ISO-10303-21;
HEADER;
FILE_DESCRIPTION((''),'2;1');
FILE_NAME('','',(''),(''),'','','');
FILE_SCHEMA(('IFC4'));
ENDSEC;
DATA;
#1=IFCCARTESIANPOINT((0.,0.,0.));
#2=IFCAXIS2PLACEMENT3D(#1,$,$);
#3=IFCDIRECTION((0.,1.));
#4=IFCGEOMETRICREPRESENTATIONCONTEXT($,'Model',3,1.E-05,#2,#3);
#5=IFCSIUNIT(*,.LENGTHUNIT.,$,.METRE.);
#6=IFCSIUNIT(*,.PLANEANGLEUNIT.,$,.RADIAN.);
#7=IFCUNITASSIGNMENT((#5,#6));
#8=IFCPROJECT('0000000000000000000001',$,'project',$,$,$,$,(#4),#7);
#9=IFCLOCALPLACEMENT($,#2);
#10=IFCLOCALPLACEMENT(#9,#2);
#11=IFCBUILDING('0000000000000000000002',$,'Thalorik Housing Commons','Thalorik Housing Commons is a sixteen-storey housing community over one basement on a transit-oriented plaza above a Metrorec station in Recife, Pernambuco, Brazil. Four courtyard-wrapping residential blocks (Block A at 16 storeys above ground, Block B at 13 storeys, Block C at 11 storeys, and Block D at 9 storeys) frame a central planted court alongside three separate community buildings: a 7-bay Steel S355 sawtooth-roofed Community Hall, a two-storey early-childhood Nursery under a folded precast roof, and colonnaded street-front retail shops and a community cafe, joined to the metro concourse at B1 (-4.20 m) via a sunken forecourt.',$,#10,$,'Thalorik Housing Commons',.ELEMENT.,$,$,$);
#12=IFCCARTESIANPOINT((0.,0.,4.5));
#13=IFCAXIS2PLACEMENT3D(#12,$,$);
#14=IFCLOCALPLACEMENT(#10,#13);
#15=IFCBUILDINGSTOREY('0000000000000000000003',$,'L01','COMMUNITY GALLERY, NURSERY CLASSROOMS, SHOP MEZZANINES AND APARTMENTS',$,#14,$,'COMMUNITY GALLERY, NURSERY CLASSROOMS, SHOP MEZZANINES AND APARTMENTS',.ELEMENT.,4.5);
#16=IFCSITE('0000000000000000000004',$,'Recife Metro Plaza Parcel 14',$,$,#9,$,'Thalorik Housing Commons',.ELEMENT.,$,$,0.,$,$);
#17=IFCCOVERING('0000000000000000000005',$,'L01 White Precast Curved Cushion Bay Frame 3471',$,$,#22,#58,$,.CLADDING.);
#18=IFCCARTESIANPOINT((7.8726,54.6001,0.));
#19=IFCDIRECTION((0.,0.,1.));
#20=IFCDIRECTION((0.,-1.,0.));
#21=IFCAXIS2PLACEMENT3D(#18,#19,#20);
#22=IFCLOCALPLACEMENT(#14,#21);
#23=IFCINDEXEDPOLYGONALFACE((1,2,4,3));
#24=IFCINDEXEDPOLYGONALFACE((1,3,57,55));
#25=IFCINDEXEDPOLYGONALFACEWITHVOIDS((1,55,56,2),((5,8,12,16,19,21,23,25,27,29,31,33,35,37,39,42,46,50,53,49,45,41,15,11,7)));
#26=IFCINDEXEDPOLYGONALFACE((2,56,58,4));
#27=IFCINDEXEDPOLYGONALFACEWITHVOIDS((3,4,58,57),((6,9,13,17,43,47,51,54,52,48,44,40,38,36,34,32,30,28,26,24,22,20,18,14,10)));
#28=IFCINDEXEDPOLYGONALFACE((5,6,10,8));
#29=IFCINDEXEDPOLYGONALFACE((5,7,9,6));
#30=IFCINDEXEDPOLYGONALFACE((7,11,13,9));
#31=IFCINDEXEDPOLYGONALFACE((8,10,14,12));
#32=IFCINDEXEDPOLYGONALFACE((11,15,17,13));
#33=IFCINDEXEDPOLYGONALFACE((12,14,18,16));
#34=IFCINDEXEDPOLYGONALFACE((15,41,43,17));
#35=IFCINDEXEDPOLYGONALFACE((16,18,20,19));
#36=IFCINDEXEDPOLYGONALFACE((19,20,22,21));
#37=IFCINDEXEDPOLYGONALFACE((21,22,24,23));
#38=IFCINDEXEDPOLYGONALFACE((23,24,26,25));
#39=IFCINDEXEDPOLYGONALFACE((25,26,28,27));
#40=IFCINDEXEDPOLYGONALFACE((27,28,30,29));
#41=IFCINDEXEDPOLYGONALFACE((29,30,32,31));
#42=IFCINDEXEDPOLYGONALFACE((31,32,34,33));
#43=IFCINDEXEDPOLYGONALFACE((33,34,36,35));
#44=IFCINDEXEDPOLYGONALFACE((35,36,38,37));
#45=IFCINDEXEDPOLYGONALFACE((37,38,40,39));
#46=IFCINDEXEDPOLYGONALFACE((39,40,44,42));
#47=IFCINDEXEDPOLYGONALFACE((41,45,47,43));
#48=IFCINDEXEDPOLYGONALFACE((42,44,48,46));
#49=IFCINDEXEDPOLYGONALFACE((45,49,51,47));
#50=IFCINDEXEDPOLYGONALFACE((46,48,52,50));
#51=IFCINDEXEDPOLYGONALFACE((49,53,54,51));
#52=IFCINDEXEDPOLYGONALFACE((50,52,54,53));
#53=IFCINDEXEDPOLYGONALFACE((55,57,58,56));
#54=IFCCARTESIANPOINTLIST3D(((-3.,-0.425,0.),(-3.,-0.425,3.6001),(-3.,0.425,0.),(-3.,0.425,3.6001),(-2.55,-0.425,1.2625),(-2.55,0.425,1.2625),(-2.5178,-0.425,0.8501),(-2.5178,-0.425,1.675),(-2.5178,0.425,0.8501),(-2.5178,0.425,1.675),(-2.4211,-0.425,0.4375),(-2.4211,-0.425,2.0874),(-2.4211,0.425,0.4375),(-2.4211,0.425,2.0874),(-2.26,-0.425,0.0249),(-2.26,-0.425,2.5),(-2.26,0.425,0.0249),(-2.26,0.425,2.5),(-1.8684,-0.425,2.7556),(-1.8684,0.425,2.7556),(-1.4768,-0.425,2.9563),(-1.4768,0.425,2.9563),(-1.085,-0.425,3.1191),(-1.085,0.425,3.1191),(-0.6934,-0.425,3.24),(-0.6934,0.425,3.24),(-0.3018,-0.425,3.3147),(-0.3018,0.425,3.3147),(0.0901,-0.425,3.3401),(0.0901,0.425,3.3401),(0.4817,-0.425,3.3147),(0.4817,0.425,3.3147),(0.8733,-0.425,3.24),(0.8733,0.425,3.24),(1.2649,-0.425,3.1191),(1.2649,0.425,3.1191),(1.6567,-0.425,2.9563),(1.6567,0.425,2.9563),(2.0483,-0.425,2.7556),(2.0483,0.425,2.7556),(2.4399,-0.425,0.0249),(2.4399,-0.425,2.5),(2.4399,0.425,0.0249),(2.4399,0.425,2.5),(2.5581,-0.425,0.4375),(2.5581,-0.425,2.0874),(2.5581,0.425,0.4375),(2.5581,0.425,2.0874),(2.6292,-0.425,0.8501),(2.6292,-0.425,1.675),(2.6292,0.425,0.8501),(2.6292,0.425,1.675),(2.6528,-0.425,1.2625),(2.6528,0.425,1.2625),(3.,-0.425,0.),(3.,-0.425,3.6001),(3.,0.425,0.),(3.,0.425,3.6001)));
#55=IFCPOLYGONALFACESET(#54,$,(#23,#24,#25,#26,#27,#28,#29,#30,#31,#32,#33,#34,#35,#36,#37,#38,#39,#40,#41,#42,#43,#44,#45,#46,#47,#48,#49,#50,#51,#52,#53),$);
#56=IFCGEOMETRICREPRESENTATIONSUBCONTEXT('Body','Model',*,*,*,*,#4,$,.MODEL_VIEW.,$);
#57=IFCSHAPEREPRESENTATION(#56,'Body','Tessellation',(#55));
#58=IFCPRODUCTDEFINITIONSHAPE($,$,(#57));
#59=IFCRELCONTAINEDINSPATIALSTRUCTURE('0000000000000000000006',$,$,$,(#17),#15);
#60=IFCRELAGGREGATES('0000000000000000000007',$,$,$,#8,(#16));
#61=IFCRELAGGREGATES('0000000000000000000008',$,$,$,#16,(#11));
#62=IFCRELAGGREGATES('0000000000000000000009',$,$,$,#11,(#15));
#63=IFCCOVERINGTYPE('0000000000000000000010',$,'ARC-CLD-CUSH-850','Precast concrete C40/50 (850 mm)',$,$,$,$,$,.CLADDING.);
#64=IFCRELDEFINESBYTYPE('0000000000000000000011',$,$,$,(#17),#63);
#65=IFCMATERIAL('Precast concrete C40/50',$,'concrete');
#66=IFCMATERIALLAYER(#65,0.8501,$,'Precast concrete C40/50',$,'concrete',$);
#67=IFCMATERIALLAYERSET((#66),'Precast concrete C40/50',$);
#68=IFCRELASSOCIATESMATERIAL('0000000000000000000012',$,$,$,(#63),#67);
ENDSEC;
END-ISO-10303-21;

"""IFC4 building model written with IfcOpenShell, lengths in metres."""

from ifc_helpers import new_model, si_unit, direction, frame, origin, place, context, subcontext, project, spatial, polyline, outline, extrude, material, layer, layer_set, type_object, element, save


model = new_model("IFC4")

# Units and contexts
model_context = context("Model", 3, precision=1e-05, world=origin(), true_north=direction((0.0, 1.0)))
body_context = subcontext(model_context, "Body", "Model", "MODEL_VIEW")
ifc_project = project(units=[si_unit("LENGTHUNIT", "METRE"), si_unit("PLANEANGLEUNIT", "RADIAN")], contexts=[model_context])

# Site, building, storey
site_placement = place(None, origin())
site = spatial("IfcSite", under=ifc_project, at=site_placement, Name="Recife Metro Plaza Parcel 14", LongName="Thalorik Housing Commons", CompositionType="ELEMENT", RefElevation=0.0)
building_placement = place(site_placement, origin())
building = spatial("IfcBuilding", under=site, at=building_placement, Name="Thalorik Housing Commons", Description="Thalorik Housing Commons is a sixteen-storey housing community over one basement on a transit-oriented plaza above a Metrorec station in Recife, Pernambuco, Brazil. Four courtyard-wrapping residential blocks (Block A at 16 storeys above ground, Block B at 13 storeys, Block C at 11 storeys, and Block D at 9 storeys) frame a central planted court alongside three separate community buildings: a 7-bay Steel S355 sawtooth-roofed Community Hall, a two-storey early-childhood Nursery under a folded precast roof, and colonnaded street-front retail shops and a community cafe, joined to the metro concourse at B1 (-4.20 m) via a sunken forecourt.", LongName="Thalorik Housing Commons", CompositionType="ELEMENT")
storey_placement = place(building_placement, frame((0.0, 0.0, 4.5)))
storey = spatial("IfcBuildingStorey", under=building, at=storey_placement, Name="L01", Description="COMMUNITY GALLERY, NURSERY CLASSROOMS, SHOP MEZZANINES AND APARTMENTS", LongName="COMMUNITY GALLERY, NURSERY CLASSROOMS, SHOP MEZZANINES AND APARTMENTS", CompositionType="ELEMENT", Elevation=4.5)

# Shared definitions
ifc_material_1 = material(Name="Precast concrete C40/50", Category="concrete")

# Covering
ifc_layer_1 = layer(ifc_material_1, 0.8501, Name="Precast concrete C40/50", Category="concrete")
ifc_layer_set_1 = layer_set([ifc_layer_1], Name="Precast concrete C40/50")
covering_type_1 = type_object("IfcCoveringType", Name="ARC-CLD-CUSH-850", Description="Precast concrete C40/50 (850 mm)", PredefinedType="CLADDING", material=ifc_layer_set_1)
covering_1_placement = place(storey_placement, frame((7.8726, 54.6001, 0.0), z_axis=(0.0, 0.0, 1.0), x_axis=(0.0, -1.0, 0.0)))
element("IfcCovering", 1, at=covering_1_placement, inside=storey, type_object=covering_type_1, Name="L01 White Precast Curved Cushion Bay Frame 3471", PredefinedType="CLADDING", context=body_context, shape_type="SweptSolid", body=[
    extrude(outline(polyline([(-3.0, 0.0), (3.0, 0.0), (3.0, 3.6001), (-3.0, 3.6001), (-3.0, 0.0)]), holes=[polyline([(2.4399, 0.0249), (2.5581, 0.4375), (2.6292, 0.8501), (2.6528, 1.2625), (2.6292, 1.675), (2.5581, 2.0874), (2.4399, 2.5), (2.0483, 2.7556), (1.6567, 2.9563), (1.2649, 3.1191), (0.8733, 3.24), (0.4817, 3.3147), (0.0901, 3.3401), (-0.3018, 3.3147), (-0.6934, 3.24), (-1.085, 3.1191), (-1.4768, 2.9563), (-1.8684, 2.7556), (-2.26, 2.5), (-2.4211, 2.0874), (-2.5178, 1.675), (-2.55, 1.2625), (-2.5178, 0.8501), (-2.4211, 0.4375), (-2.26, 0.0249), (2.4399, 0.0249)])]), frame((0.0, 0.425, 0.0), z_axis=(0.0, -1.0, 0.0), x_axis=(1.0, 0.0, 0.0)), (0.0, 0.0, 1.0), 0.8501),
])

save(model, "model.ifc")
